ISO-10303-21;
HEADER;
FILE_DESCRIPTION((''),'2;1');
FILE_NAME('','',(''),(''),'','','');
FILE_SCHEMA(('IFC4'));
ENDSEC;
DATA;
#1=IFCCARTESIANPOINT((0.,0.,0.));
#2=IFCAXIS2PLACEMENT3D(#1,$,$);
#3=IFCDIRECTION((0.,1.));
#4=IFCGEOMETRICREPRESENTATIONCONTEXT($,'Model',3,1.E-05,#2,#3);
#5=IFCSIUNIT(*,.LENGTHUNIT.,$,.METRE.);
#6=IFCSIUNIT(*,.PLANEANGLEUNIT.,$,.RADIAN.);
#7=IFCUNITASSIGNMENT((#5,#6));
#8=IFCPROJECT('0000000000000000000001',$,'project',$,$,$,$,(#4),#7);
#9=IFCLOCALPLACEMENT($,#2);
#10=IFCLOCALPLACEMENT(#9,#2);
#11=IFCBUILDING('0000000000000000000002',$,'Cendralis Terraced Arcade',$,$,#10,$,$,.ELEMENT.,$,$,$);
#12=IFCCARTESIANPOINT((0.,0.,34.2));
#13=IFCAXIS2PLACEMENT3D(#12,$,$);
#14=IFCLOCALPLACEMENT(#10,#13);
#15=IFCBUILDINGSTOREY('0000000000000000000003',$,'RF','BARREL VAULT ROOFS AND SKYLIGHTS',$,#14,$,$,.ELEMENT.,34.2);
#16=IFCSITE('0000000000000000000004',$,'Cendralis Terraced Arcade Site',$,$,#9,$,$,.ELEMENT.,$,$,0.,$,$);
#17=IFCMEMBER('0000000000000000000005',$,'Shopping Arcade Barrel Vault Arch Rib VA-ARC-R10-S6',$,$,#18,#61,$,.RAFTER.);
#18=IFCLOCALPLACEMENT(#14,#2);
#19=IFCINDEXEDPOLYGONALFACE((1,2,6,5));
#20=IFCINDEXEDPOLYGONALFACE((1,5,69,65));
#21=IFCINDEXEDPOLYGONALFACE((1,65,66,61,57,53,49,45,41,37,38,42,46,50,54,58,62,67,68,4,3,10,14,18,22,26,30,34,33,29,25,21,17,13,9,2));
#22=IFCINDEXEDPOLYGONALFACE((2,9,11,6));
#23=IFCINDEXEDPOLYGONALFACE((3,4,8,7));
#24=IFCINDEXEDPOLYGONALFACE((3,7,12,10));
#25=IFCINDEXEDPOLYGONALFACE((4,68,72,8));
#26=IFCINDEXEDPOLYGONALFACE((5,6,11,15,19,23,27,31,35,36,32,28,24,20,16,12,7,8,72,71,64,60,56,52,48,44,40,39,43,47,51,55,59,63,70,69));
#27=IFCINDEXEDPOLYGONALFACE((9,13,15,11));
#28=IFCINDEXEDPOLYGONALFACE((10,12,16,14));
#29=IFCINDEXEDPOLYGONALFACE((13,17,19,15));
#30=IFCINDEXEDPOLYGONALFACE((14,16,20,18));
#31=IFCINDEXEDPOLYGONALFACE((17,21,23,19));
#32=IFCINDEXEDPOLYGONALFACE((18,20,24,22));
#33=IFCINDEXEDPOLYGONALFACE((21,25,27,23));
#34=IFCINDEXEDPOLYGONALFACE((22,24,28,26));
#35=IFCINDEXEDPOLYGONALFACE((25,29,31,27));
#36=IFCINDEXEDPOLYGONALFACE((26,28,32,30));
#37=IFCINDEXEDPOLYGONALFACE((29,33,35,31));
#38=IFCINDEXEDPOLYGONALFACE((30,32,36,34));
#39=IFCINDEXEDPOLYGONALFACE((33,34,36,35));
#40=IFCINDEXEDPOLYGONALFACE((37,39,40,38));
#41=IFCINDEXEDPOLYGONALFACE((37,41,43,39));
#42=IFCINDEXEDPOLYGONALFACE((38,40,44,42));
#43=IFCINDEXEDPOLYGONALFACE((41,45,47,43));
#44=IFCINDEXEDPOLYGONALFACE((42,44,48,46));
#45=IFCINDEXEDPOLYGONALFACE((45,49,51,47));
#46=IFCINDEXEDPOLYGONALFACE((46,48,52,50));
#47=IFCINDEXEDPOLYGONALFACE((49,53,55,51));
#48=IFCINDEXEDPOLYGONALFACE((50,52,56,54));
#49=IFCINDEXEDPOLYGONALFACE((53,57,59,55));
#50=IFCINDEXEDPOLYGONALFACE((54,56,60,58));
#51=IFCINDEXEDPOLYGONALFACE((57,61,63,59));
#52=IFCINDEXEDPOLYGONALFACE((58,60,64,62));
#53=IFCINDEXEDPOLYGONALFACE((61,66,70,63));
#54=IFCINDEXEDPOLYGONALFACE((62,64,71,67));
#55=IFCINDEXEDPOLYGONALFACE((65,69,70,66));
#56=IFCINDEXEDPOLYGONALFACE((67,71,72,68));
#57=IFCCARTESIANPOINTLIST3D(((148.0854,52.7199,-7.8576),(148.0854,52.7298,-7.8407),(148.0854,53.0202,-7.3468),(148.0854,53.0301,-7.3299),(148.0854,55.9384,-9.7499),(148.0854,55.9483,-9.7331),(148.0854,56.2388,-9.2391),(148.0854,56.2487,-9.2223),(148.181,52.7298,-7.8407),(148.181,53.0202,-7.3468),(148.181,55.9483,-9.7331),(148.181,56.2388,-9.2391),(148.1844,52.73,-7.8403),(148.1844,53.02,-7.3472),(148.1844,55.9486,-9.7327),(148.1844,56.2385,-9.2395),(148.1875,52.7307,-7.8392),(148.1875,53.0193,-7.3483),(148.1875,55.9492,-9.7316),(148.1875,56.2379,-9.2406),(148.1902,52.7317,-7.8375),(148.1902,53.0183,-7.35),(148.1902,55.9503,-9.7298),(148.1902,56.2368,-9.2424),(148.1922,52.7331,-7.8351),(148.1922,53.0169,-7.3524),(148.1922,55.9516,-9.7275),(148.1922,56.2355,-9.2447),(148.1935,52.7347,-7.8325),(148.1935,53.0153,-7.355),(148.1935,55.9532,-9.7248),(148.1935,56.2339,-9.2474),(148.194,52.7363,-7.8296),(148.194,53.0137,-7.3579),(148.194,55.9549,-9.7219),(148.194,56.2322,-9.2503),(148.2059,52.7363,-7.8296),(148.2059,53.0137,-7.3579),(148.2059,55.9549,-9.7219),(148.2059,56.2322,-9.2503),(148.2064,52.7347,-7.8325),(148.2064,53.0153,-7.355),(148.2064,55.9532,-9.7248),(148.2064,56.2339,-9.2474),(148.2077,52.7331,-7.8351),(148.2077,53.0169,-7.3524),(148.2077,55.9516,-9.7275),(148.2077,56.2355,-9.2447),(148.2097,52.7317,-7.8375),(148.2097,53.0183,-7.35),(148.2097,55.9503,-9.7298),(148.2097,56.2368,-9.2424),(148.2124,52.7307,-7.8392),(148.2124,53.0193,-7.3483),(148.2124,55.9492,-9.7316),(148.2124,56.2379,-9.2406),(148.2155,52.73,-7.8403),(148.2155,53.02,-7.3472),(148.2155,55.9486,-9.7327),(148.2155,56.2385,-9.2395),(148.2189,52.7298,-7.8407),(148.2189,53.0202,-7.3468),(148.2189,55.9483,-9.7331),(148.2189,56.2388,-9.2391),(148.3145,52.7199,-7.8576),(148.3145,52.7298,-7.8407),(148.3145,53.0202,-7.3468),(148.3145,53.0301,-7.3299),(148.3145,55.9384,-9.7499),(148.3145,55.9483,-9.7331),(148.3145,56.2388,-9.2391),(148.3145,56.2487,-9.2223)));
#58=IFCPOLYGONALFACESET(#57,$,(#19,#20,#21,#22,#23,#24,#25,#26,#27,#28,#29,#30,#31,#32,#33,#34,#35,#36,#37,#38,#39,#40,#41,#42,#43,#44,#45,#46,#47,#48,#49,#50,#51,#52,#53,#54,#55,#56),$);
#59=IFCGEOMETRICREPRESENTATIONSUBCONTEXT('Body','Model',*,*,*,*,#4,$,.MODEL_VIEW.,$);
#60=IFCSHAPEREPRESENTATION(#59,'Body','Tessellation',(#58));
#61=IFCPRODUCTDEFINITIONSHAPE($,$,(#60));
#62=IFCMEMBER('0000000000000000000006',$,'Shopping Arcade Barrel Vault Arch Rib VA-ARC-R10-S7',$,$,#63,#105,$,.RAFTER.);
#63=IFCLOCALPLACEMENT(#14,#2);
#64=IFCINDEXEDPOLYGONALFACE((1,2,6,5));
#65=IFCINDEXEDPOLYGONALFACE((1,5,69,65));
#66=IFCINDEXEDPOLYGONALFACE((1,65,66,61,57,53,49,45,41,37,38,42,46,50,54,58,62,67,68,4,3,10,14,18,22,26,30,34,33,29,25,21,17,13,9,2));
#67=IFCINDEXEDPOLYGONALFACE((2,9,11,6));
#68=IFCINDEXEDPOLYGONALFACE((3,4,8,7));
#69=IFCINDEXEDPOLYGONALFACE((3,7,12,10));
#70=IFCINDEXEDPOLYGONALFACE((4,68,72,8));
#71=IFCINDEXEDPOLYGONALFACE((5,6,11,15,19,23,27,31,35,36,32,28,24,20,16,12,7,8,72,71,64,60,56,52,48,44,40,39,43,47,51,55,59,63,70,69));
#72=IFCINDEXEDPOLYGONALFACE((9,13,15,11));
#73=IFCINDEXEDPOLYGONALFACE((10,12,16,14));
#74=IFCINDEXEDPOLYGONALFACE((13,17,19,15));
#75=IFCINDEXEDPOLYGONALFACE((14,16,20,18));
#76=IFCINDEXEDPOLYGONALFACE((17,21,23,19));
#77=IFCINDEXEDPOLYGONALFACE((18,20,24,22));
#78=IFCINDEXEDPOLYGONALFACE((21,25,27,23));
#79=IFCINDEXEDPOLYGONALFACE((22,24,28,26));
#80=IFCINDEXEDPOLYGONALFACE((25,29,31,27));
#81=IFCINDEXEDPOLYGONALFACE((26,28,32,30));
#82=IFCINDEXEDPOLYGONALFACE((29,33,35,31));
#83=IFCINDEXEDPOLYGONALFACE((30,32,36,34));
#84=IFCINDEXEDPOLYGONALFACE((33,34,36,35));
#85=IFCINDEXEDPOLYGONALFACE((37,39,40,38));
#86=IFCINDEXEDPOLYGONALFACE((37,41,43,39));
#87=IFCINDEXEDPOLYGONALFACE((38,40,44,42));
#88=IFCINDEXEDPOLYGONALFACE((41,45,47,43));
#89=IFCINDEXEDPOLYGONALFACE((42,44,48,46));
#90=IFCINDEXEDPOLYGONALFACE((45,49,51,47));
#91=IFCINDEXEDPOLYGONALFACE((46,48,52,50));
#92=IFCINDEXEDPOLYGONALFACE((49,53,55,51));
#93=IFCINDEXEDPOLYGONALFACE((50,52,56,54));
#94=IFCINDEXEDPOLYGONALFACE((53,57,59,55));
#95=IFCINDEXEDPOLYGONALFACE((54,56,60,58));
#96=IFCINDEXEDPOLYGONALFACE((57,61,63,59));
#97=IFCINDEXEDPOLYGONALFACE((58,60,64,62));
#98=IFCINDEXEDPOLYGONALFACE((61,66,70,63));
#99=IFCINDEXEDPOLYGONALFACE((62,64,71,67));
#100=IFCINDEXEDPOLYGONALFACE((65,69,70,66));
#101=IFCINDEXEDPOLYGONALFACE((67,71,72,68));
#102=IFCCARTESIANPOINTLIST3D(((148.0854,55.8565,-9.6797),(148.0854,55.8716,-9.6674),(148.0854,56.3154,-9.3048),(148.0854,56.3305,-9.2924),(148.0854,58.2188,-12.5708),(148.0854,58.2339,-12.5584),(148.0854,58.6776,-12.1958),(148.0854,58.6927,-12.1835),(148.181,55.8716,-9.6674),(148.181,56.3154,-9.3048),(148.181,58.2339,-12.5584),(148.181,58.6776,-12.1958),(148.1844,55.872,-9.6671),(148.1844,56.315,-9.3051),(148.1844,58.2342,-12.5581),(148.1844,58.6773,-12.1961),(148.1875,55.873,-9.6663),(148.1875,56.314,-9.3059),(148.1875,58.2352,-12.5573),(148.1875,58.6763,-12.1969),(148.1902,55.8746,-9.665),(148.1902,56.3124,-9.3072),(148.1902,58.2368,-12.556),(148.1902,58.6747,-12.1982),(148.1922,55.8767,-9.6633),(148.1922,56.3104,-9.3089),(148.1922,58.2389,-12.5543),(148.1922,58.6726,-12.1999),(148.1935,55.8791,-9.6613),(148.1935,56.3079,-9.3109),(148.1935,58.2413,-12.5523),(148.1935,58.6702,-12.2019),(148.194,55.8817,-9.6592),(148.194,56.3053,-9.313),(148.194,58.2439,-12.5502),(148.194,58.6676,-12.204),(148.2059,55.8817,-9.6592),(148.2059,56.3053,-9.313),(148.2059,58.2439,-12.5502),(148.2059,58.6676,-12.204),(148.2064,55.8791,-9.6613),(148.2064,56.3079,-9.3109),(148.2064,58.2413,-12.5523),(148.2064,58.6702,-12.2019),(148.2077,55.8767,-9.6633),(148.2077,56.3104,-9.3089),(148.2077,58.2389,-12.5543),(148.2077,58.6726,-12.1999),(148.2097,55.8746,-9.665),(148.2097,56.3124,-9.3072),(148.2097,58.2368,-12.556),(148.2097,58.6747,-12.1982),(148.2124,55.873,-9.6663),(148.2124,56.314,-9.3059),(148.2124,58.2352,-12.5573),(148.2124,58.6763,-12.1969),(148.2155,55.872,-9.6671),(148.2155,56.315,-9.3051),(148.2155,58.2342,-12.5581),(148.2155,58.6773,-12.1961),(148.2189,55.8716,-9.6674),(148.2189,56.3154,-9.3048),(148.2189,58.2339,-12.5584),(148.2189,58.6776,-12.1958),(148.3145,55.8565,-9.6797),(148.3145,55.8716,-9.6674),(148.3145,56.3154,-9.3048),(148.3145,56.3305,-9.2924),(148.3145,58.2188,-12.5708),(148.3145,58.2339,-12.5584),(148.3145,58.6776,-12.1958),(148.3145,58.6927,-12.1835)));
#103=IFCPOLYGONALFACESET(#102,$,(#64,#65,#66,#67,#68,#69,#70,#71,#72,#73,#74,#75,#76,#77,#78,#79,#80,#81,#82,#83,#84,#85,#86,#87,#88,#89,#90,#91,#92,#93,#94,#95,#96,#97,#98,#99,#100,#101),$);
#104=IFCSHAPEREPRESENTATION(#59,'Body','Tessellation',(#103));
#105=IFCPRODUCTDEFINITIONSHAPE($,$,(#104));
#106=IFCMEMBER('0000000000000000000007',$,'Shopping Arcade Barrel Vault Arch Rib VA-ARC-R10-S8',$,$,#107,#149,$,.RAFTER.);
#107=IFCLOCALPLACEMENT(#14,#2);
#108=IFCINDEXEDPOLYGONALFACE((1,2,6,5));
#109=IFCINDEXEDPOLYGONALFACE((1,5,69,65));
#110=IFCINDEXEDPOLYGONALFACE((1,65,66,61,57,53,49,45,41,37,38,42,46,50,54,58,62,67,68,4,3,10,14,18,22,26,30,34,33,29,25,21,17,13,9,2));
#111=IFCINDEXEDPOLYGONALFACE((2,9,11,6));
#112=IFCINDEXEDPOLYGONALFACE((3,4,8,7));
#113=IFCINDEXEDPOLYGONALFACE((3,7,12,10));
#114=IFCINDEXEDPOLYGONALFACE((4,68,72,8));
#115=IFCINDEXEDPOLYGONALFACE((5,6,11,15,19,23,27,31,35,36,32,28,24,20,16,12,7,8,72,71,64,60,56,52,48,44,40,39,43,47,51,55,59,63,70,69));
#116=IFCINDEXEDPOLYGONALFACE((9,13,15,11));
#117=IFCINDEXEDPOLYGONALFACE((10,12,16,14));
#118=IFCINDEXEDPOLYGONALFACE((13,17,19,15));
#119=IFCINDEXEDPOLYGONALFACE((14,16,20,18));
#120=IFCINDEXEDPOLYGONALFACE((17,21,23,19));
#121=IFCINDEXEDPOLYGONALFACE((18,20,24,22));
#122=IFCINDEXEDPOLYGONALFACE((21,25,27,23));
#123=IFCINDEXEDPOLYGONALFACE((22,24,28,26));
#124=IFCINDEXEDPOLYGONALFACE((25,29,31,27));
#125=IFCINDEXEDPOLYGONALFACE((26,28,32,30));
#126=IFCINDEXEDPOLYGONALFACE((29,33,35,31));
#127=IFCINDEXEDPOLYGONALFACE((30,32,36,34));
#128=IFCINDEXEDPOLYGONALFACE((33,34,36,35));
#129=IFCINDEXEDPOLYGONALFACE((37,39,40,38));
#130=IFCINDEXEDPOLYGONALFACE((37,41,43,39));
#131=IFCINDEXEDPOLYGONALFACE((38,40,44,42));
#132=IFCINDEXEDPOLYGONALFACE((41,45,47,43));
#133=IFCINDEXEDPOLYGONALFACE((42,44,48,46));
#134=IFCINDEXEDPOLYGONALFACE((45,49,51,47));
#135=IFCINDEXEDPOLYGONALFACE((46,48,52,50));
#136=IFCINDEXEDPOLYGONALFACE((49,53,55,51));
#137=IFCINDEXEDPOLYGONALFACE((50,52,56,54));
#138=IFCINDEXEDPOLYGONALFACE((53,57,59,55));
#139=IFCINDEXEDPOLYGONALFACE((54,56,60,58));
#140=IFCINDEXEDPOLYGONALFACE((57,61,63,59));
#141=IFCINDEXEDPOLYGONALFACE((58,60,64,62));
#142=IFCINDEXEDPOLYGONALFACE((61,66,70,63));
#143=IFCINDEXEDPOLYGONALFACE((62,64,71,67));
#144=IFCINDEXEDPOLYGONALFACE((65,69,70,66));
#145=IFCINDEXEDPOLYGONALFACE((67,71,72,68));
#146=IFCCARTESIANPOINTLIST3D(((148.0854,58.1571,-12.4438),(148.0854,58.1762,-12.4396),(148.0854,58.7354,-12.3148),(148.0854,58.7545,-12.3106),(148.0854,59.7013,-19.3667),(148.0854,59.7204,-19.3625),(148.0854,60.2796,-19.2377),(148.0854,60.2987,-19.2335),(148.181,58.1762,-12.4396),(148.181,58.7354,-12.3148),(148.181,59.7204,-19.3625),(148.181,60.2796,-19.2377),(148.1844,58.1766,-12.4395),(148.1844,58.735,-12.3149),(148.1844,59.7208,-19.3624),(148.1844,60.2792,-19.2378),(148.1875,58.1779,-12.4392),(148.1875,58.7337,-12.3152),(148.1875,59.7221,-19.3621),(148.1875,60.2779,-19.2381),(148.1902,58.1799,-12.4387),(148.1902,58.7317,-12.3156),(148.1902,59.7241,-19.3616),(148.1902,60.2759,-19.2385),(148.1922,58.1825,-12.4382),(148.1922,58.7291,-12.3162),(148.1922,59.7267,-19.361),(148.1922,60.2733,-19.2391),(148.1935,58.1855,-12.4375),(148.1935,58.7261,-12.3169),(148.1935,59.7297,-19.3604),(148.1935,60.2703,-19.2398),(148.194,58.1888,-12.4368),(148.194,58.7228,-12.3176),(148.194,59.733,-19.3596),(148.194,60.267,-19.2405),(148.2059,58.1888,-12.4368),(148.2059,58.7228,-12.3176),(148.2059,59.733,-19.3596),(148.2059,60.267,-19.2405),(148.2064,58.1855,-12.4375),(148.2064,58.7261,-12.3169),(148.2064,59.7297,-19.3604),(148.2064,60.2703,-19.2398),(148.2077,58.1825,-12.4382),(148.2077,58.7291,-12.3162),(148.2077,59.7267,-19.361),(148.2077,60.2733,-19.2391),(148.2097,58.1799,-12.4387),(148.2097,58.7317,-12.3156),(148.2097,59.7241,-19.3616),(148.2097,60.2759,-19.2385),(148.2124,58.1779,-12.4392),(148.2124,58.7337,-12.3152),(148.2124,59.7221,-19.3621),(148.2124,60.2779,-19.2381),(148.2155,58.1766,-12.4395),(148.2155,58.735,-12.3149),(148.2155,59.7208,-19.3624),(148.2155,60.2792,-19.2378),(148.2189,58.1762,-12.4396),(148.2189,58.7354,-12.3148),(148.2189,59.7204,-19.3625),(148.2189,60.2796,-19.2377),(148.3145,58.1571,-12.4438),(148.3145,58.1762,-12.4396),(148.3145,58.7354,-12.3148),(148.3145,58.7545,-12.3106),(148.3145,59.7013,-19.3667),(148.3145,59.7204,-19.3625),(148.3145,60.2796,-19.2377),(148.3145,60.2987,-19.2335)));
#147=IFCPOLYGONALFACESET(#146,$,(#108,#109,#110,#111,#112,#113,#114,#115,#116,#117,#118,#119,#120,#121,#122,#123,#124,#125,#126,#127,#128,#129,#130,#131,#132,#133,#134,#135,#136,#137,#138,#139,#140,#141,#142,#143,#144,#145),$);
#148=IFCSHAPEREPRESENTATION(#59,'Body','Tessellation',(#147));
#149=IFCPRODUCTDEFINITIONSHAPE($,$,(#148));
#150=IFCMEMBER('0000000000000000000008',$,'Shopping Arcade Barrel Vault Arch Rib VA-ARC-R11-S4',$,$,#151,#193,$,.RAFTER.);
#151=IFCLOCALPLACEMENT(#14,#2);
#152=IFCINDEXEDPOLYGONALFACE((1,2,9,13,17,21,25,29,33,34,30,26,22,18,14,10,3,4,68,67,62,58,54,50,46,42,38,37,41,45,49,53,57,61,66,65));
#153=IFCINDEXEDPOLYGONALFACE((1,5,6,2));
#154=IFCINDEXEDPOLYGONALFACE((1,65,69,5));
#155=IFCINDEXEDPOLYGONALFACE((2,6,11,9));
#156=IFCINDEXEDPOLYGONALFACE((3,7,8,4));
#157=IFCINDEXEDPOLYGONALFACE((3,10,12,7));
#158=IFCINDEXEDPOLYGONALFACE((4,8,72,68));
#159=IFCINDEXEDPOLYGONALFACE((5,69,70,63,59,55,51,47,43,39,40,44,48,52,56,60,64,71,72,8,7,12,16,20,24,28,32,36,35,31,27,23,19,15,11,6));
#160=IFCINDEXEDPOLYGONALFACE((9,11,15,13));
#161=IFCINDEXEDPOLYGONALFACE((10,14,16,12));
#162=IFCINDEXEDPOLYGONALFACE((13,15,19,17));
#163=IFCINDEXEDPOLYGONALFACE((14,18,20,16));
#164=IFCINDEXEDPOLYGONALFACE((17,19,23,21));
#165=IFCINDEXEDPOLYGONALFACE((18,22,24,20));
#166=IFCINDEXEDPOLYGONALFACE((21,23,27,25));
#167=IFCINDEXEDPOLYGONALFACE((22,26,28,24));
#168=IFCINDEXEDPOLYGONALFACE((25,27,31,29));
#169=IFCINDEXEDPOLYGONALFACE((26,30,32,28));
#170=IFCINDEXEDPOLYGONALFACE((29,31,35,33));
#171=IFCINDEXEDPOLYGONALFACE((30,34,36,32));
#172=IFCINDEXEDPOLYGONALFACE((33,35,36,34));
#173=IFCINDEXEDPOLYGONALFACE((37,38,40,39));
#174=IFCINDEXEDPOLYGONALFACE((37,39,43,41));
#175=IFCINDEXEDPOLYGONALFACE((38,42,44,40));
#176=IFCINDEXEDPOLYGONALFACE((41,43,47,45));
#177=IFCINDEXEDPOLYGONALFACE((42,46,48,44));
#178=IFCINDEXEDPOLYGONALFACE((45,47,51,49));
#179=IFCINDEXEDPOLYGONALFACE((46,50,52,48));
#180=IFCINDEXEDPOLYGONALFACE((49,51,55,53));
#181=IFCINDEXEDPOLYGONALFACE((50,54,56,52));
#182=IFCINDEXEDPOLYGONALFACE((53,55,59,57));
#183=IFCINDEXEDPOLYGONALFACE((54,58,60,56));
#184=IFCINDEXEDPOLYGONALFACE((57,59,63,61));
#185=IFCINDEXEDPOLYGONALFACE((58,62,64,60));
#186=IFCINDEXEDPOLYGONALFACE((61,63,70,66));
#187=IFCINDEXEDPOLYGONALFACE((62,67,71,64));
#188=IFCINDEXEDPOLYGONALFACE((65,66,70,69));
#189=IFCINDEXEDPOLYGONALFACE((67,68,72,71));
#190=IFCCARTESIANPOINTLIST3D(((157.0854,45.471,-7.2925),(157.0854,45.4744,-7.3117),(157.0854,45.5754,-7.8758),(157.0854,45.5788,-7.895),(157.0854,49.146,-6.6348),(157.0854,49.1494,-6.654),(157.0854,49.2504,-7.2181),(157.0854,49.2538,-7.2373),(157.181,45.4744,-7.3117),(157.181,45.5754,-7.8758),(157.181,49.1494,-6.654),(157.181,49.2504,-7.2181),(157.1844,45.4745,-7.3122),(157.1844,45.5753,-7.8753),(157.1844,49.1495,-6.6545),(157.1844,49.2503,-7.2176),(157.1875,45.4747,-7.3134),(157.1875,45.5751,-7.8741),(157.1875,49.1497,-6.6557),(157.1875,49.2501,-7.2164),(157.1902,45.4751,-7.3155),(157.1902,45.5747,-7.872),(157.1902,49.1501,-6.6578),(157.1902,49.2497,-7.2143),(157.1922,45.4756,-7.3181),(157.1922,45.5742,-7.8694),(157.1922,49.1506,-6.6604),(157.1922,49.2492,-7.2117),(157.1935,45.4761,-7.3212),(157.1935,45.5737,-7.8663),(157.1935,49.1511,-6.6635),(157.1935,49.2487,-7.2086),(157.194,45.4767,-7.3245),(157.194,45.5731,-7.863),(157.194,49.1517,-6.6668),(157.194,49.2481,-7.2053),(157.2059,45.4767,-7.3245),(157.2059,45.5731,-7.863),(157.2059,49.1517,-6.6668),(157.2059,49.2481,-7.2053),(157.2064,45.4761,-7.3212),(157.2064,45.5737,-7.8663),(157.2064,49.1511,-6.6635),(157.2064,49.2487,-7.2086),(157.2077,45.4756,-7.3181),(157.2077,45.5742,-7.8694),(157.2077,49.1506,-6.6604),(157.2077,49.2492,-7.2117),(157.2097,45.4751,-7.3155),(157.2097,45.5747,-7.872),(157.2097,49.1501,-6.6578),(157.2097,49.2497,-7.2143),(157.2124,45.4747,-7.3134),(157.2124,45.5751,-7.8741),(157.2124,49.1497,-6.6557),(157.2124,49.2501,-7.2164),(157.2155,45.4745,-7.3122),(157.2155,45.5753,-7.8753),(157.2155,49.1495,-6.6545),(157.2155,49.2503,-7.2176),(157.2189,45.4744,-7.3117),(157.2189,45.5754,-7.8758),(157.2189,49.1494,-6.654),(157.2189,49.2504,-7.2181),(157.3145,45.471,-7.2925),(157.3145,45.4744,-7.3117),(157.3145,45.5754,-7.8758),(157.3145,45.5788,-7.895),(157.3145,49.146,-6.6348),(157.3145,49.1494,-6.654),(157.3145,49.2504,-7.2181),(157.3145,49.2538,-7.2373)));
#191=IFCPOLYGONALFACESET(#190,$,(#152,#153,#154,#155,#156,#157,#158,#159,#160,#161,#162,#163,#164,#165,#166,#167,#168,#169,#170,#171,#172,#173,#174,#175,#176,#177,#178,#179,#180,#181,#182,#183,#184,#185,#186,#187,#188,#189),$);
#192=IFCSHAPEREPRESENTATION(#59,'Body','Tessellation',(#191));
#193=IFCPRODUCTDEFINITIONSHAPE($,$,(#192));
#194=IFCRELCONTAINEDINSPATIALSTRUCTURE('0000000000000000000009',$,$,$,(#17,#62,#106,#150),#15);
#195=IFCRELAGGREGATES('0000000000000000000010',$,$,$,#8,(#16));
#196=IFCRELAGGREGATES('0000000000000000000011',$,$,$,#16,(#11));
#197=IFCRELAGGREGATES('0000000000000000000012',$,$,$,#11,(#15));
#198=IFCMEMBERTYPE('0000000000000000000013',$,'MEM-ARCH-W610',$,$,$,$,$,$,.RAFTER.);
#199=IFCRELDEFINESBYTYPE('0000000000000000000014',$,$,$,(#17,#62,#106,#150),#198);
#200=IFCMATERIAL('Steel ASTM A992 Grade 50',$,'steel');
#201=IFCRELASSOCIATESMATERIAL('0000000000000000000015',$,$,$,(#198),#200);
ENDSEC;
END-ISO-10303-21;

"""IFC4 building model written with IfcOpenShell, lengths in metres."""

from ifc_helpers import new_model, si_unit, direction, frame, origin, origin_2d, place, context, subcontext, project, spatial, i_section, extrude, material, material_profile, profile_set, type_object, element, save


model = new_model("IFC4")

# Units and contexts
model_context = context("Model", 3, precision=1e-05, world=origin(), true_north=direction((0.0, 1.0)))
body_context = subcontext(model_context, "Body", "Model", "MODEL_VIEW")
ifc_project = project(units=[si_unit("LENGTHUNIT", "METRE"), si_unit("PLANEANGLEUNIT", "RADIAN")], contexts=[model_context])

# Site, building, storey
site_placement = place(None, origin())
site = spatial("IfcSite", under=ifc_project, at=site_placement, Name="Cendralis Terraced Arcade Site", CompositionType="ELEMENT", RefElevation=0.0)
building_placement = place(site_placement, origin())
building = spatial("IfcBuilding", under=site, at=building_placement, Name="Cendralis Terraced Arcade", CompositionType="ELEMENT")
storey_placement = place(building_placement, frame((0.0, 0.0, 34.2)))
storey = spatial("IfcBuildingStorey", under=building, at=storey_placement, Name="RF", Description="BARREL VAULT ROOFS AND SKYLIGHTS", CompositionType="ELEMENT", Elevation=34.2)

# Members
ifc_material_1 = material(Name="Steel ASTM A992 Grade 50", Category="steel")
ifc_material_profile_1 = material_profile(ifc_material_1, i_section(OverallWidth=0.229, OverallDepth=0.6121, WebThickness=0.012, FlangeThickness=0.0195, FilletRadius=0.0129, at=origin_2d()), Name="W610X125", Category="LoadBearing")
ifc_profile_set_1 = profile_set([ifc_material_profile_1], Name="Steel ASTM A992 Grade 50")
member_type_1 = type_object("IfcMemberType", Name="MEM-ARCH-W610", PredefinedType="RAFTER", material=ifc_profile_set_1)
member_1_placement = place(storey_placement, frame((148.2, 52.875, -7.5938), z_axis=(0.0, 0.86204, -0.50684), x_axis=(-1.0, 0.0, 0.0)))
element("IfcMember", 1, at=member_1_placement, inside=storey, type_object=member_type_1, Name="Shopping Arcade Barrel Vault Arch Rib VA-ARC-R10-S6", PredefinedType="RAFTER", context=body_context, shape_type="SweptSolid", body=[
    extrude(i_section(OverallWidth=0.229, OverallDepth=0.6121, WebThickness=0.012, FlangeThickness=0.0195, FilletRadius=0.0129, at=origin_2d()), origin(), (0.0, 0.0, 1.0), 3.7336),
])
member_2_placement = place(storey_placement, frame((148.2, 56.0935, -9.4861), z_axis=(0.0, 0.632732, -0.774371), x_axis=(-1.0, 0.0, 0.0)))
element("IfcMember", 2, at=member_2_placement, inside=storey, type_object=member_type_1, Name="Shopping Arcade Barrel Vault Arch Rib VA-ARC-R10-S7", PredefinedType="RAFTER", context=body_context, shape_type="SweptSolid", body=[
    extrude(i_section(OverallWidth=0.229, OverallDepth=0.6121, WebThickness=0.012, FlangeThickness=0.0195, FilletRadius=0.0129, at=origin_2d()), origin(), (0.0, 0.0, 1.0), 3.7334),
])
member_3_placement = place(storey_placement, frame((148.2, 58.4558, -12.3772), z_axis=(0.0, 0.217707, -0.976014), x_axis=(-1.0, 0.0, 0.0)))
element("IfcMember", 3, at=member_3_placement, inside=storey, type_object=member_type_1, Name="Shopping Arcade Barrel Vault Arch Rib VA-ARC-R10-S8", PredefinedType="RAFTER", context=body_context, shape_type="SweptSolid", body=[
    extrude(i_section(OverallWidth=0.229, OverallDepth=0.6121, WebThickness=0.012, FlangeThickness=0.0195, FilletRadius=0.0129, at=origin_2d()), origin(), (0.0, 0.0, 1.0), 7.093),
])
for number, where, z_axis, x_axis, name in (
    (4, (157.2, 45.5249, -7.5938), (0.0, 0.98436, 0.176169), (-1.0, 0.0, 0.0), "Shopping Arcade Barrel Vault Arch Rib VA-ARC-R11-S4"),
):
    element("IfcMember", number, at=place(storey_placement, frame(where, z_axis=z_axis, x_axis=x_axis)), inside=storey, type_object=member_type_1, Name=name, PredefinedType="RAFTER", context=body_context, shape_type="SweptSolid", body=[
        extrude(i_section(OverallWidth=0.229, OverallDepth=0.6121, WebThickness=0.012, FlangeThickness=0.0195, FilletRadius=0.0129, at=origin_2d()), origin(), (0.0, 0.0, 1.0), 3.7334),
    ])

save(model, "model.ifc")
